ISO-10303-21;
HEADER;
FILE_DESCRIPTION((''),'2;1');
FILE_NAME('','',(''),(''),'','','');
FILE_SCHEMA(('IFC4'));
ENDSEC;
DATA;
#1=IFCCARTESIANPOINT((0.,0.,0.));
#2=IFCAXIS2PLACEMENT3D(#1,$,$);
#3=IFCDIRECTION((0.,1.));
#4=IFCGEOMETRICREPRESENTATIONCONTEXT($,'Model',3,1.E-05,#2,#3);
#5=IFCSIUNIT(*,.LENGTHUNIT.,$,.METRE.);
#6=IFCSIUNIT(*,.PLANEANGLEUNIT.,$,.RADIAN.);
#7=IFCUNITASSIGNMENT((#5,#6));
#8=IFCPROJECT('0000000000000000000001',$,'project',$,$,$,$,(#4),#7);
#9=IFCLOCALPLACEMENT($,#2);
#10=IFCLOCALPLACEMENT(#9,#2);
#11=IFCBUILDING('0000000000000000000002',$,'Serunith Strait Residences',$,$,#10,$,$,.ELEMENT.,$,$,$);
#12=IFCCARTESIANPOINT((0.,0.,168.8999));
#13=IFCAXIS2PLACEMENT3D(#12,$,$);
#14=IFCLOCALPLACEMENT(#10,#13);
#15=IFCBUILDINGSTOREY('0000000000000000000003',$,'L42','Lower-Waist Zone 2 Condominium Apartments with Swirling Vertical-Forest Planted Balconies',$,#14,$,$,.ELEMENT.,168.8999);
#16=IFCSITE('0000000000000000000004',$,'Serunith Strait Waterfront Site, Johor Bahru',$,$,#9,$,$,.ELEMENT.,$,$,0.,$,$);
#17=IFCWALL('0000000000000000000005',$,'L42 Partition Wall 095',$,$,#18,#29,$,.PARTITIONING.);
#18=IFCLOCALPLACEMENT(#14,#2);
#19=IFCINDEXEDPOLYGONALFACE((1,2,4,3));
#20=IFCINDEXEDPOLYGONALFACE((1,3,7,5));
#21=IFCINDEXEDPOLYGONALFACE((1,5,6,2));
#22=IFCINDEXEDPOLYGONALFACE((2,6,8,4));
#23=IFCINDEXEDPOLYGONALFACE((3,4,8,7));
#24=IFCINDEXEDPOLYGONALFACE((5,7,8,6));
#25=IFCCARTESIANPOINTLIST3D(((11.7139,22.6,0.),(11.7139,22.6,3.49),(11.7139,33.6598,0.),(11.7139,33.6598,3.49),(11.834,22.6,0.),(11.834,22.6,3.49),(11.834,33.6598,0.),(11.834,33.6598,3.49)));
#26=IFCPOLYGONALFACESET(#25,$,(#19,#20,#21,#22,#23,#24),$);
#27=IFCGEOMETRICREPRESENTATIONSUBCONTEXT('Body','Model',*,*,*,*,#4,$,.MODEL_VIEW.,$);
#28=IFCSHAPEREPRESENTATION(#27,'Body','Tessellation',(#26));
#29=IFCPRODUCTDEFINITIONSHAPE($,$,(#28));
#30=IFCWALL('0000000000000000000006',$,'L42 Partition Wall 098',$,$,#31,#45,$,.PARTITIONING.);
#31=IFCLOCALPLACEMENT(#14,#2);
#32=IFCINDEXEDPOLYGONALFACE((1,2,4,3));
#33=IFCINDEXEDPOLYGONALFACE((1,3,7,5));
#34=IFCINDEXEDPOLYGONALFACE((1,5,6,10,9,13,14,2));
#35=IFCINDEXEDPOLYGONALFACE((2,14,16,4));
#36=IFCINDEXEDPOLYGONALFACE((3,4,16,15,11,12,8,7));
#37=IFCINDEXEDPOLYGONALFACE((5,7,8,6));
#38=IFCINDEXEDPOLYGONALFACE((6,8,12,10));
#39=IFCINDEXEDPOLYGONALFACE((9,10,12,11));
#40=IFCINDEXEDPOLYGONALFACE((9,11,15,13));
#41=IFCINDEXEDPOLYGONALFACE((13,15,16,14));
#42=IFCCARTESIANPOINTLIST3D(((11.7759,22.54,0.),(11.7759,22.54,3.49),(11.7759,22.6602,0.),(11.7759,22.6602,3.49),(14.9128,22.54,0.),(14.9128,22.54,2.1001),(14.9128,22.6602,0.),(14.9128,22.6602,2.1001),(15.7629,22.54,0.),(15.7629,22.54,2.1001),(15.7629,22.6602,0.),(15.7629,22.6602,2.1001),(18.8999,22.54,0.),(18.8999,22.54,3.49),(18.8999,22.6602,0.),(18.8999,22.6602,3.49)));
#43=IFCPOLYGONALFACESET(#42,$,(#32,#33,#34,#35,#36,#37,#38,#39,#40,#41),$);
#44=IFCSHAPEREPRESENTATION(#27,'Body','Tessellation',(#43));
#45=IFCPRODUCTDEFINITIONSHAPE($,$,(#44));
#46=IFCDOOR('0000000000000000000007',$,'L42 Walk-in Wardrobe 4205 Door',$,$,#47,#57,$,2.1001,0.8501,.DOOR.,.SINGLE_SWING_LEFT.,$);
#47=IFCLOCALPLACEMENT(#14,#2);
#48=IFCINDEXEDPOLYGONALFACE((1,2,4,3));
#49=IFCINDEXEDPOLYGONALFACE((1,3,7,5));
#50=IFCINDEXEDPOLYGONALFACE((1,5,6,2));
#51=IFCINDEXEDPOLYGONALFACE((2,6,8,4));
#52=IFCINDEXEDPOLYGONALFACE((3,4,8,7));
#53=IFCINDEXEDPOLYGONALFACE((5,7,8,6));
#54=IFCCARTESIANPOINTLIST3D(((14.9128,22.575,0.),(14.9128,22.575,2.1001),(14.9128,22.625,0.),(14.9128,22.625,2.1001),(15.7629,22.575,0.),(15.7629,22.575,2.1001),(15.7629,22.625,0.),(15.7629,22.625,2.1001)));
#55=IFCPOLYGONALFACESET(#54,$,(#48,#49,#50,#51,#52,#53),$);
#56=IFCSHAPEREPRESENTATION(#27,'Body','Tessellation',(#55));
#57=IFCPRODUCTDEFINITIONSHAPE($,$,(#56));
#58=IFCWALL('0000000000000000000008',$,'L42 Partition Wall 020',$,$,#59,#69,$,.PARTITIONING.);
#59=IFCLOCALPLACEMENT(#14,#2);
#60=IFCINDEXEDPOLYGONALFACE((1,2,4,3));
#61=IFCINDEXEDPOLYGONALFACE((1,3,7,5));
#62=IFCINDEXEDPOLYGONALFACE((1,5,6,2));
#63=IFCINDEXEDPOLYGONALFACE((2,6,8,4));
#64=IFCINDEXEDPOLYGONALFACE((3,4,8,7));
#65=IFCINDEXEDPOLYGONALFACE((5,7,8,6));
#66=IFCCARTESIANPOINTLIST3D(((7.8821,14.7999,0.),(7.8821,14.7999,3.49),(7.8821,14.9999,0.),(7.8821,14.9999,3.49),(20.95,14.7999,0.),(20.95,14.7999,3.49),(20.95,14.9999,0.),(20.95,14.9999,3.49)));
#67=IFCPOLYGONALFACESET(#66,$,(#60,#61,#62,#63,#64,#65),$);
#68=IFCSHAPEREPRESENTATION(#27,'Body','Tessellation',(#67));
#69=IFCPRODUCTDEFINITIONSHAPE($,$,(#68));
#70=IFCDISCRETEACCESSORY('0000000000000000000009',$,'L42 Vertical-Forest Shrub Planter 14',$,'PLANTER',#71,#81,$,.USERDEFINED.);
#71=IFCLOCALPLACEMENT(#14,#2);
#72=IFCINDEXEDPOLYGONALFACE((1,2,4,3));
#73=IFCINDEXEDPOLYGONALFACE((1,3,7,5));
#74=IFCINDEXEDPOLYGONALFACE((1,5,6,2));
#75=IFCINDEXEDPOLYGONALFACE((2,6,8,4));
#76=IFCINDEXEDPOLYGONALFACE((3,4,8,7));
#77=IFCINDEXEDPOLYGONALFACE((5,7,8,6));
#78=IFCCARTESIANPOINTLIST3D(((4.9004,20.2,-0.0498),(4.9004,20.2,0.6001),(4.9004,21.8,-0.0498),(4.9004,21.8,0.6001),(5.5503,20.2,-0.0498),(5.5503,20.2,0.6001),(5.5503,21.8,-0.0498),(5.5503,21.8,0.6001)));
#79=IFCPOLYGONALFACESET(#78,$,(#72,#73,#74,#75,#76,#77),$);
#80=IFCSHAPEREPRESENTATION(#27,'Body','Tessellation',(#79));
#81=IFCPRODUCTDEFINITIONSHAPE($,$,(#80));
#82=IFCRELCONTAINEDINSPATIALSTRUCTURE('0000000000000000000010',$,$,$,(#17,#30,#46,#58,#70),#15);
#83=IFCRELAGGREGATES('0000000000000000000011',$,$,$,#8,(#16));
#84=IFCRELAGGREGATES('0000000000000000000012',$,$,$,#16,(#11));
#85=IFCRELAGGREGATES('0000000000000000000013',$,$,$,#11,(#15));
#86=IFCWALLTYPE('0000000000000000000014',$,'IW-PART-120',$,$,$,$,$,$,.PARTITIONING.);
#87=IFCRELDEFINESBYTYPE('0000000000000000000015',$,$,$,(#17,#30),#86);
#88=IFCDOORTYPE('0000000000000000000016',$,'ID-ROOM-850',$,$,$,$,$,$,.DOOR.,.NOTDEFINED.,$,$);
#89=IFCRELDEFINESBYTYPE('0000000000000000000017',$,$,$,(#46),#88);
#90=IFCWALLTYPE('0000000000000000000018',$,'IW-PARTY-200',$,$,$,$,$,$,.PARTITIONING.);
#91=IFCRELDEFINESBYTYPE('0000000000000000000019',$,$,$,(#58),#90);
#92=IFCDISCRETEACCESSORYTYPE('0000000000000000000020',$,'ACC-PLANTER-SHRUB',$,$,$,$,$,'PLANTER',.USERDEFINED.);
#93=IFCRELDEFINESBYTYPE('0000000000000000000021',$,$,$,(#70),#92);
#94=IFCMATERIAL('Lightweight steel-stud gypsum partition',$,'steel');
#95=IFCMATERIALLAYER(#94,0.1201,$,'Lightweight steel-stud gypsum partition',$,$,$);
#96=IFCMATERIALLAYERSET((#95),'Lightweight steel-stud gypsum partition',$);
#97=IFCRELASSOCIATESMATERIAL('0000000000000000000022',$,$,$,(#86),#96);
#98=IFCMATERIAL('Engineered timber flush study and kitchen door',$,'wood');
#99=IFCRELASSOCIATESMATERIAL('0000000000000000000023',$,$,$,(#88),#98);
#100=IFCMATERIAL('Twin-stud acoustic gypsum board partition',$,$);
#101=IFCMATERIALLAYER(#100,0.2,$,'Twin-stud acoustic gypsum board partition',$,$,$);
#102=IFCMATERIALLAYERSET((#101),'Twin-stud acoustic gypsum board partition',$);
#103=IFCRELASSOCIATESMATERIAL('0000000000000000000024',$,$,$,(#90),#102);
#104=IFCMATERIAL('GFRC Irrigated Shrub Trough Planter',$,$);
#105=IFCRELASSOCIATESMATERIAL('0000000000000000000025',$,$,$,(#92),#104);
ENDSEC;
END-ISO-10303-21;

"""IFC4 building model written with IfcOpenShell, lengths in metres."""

from ifc_helpers import new_model, si_unit, direction, frame, frame_2d, origin, origin_2d, place, context, subcontext, project, spatial, rectangle, extrude, source, transform, mapped, material, layer, layer_set, type_object, element, fill, save


model = new_model("IFC4")

# Units and contexts
model_context = context("Model", 3, precision=1e-05, world=origin(), true_north=direction((0.0, 1.0)))
body_context = subcontext(model_context, "Body", "Model", "MODEL_VIEW")
ifc_project = project(units=[si_unit("LENGTHUNIT", "METRE"), si_unit("PLANEANGLEUNIT", "RADIAN")], contexts=[model_context])

# Site, building, storey
site_placement = place(None, origin())
site = spatial("IfcSite", under=ifc_project, at=site_placement, Name="Serunith Strait Waterfront Site, Johor Bahru", CompositionType="ELEMENT", RefElevation=0.0)
building_placement = place(site_placement, origin())
building = spatial("IfcBuilding", under=site, at=building_placement, Name="Serunith Strait Residences", CompositionType="ELEMENT")
storey_placement = place(building_placement, frame((0.0, 0.0, 168.8999)))
storey = spatial("IfcBuildingStorey", under=building, at=storey_placement, Name="L42", Description="Lower-Waist Zone 2 Condominium Apartments with Swirling Vertical-Forest Planted Balconies", CompositionType="ELEMENT", Elevation=168.8999)

# Shared definitions
ifc_material_1 = material(Name="Lightweight steel-stud gypsum partition", Category="steel")
ifc_layer_1 = layer(ifc_material_1, 0.1201, Name="Lightweight steel-stud gypsum partition")
ifc_layer_set_1 = layer_set([ifc_layer_1], Name="Lightweight steel-stud gypsum partition")
wall_type_1 = type_object("IfcWallType", Name="IW-PART-120", PredefinedType="PARTITIONING", material=ifc_layer_set_1)
shared_shape_1 = source(origin(), body_context, "Body", "SweptSolid", [
    extrude(rectangle(XDim=0.8501, YDim=2.1001, at=frame_2d((0.425, 1.05))), frame((0.0, 0.0249, 0.0), z_axis=(0.0, -1.0, 0.0), x_axis=(1.0, 0.0, 0.0)), (0.0, 0.0, 1.0), 0.05),
])

# Shared definitions
ifc_material_2 = material(Name="Engineered timber flush study and kitchen door", Category="wood")
door_type_1 = type_object("IfcDoorType", Name="ID-ROOM-850", OperationType="NOTDEFINED", PredefinedType="DOOR", material=ifc_material_2)

# Wall
wall_1_placement = place(storey_placement, frame((11.7739, 22.6001, 0.0), z_axis=(0.0, 0.0, 1.0), x_axis=(0.0, 1.0, 0.0)))
element("IfcWall", 1, at=wall_1_placement, inside=storey, type_object=wall_type_1, Name="L42 Partition Wall 095", PredefinedType="PARTITIONING", context=body_context, shape_type="SweptSolid", body=[
    extrude(rectangle(XDim=11.0598, YDim=0.1201, at=frame_2d((5.5298, 0.0))), origin(), (0.0, 0.0, 1.0), 3.49),
])

# Wall, opening, door
wall_2_placement = place(storey_placement, frame((11.7759, 22.6001, 0.0), z_axis=(0.0, 0.0, 1.0), x_axis=(1.0, 0.0, 0.0)))
wall_2 = element("IfcWall", 2, at=wall_2_placement, inside=storey, type_object=wall_type_1, Name="L42 Partition Wall 098", PredefinedType="PARTITIONING", context=body_context, shape_type="SweptSolid", body=[
    extrude(rectangle(XDim=7.124, YDim=0.1201, at=frame_2d((3.562, 0.0))), origin(), (0.0, 0.0, 1.0), 3.49),
])
opening_1_placement = place(wall_2_placement, frame((3.137, 0.0, 0.0)))
opening_1 = element("IfcOpeningElement", 3, at=opening_1_placement, cuts=wall_2, PredefinedType="OPENING", context=body_context, shape_type="SweptSolid", body=[
    extrude(rectangle(XDim=0.8501, YDim=2.1001, at=frame_2d((0.425, 1.05))), frame((0.0, 0.0701, 0.0), z_axis=(0.0, -1.0, 0.0), x_axis=(1.0, 0.0, 0.0)), (0.0, 0.0, 1.0), 0.1401),
])
door_1_placement = place(opening_1_placement, origin())
door_1 = element("IfcDoor", 4, at=door_1_placement, inside=storey, type_object=door_type_1, Name="L42 Walk-in Wardrobe 4205 Door", OperationType="SINGLE_SWING_LEFT", OverallHeight=2.1001, OverallWidth=0.8501, PredefinedType="DOOR", context=body_context, shape_type="MappedRepresentation", body=[
    mapped(shared_shape_1, transform((0.0, 0.0, 0.0), scale=1.0)),
])
fill(opening_1, door_1)

# Wall
ifc_material_3 = material(Name="Twin-stud acoustic gypsum board partition")
ifc_layer_2 = layer(ifc_material_3, 0.2, Name="Twin-stud acoustic gypsum board partition")
ifc_layer_set_2 = layer_set([ifc_layer_2], Name="Twin-stud acoustic gypsum board partition")
wall_type_2 = type_object("IfcWallType", Name="IW-PARTY-200", PredefinedType="PARTITIONING", material=ifc_layer_set_2)
wall_3_placement = place(storey_placement, frame((7.8821, 14.8999, 0.0), z_axis=(0.0, 0.0, 1.0), x_axis=(1.0, 0.0, 0.0)))
element("IfcWall", 5, at=wall_3_placement, inside=storey, type_object=wall_type_2, Name="L42 Partition Wall 020", PredefinedType="PARTITIONING", context=body_context, shape_type="SweptSolid", body=[
    extrude(rectangle(XDim=13.0679, YDim=0.2, at=frame_2d((6.5339, 0.0))), origin(), (0.0, 0.0, 1.0), 3.49),
])

# Discrete accessory
ifc_material_4 = material(Name="GFRC Irrigated Shrub Trough Planter")
discrete_accessory_type = type_object("IfcDiscreteAccessoryType", Name="ACC-PLANTER-SHRUB", ElementType="PLANTER", PredefinedType="USERDEFINED", material=ifc_material_4)
shared_shape_2 = source(origin(), body_context, "Body", "SweptSolid", [
    extrude(rectangle(XDim=1.6001, YDim=0.6499, at=origin_2d()), origin(), (0.0, 0.0, 1.0), 0.6499),
])
discrete_accessory_placement = place(storey_placement, frame((5.2253, 21.0, -0.0498), z_axis=(0.0, 0.0, 1.0), x_axis=(0.0, -1.0, 0.0)))
element("IfcDiscreteAccessory", 6, at=discrete_accessory_placement, inside=storey, type_object=discrete_accessory_type, Name="L42 Vertical-Forest Shrub Planter 14", ObjectType="PLANTER", PredefinedType="USERDEFINED", context=body_context, shape_type="MappedRepresentation", body=[
    mapped(shared_shape_2, transform((0.0, 0.0, 0.0), scale=1.0)),
])

save(model, "model.ifc")
